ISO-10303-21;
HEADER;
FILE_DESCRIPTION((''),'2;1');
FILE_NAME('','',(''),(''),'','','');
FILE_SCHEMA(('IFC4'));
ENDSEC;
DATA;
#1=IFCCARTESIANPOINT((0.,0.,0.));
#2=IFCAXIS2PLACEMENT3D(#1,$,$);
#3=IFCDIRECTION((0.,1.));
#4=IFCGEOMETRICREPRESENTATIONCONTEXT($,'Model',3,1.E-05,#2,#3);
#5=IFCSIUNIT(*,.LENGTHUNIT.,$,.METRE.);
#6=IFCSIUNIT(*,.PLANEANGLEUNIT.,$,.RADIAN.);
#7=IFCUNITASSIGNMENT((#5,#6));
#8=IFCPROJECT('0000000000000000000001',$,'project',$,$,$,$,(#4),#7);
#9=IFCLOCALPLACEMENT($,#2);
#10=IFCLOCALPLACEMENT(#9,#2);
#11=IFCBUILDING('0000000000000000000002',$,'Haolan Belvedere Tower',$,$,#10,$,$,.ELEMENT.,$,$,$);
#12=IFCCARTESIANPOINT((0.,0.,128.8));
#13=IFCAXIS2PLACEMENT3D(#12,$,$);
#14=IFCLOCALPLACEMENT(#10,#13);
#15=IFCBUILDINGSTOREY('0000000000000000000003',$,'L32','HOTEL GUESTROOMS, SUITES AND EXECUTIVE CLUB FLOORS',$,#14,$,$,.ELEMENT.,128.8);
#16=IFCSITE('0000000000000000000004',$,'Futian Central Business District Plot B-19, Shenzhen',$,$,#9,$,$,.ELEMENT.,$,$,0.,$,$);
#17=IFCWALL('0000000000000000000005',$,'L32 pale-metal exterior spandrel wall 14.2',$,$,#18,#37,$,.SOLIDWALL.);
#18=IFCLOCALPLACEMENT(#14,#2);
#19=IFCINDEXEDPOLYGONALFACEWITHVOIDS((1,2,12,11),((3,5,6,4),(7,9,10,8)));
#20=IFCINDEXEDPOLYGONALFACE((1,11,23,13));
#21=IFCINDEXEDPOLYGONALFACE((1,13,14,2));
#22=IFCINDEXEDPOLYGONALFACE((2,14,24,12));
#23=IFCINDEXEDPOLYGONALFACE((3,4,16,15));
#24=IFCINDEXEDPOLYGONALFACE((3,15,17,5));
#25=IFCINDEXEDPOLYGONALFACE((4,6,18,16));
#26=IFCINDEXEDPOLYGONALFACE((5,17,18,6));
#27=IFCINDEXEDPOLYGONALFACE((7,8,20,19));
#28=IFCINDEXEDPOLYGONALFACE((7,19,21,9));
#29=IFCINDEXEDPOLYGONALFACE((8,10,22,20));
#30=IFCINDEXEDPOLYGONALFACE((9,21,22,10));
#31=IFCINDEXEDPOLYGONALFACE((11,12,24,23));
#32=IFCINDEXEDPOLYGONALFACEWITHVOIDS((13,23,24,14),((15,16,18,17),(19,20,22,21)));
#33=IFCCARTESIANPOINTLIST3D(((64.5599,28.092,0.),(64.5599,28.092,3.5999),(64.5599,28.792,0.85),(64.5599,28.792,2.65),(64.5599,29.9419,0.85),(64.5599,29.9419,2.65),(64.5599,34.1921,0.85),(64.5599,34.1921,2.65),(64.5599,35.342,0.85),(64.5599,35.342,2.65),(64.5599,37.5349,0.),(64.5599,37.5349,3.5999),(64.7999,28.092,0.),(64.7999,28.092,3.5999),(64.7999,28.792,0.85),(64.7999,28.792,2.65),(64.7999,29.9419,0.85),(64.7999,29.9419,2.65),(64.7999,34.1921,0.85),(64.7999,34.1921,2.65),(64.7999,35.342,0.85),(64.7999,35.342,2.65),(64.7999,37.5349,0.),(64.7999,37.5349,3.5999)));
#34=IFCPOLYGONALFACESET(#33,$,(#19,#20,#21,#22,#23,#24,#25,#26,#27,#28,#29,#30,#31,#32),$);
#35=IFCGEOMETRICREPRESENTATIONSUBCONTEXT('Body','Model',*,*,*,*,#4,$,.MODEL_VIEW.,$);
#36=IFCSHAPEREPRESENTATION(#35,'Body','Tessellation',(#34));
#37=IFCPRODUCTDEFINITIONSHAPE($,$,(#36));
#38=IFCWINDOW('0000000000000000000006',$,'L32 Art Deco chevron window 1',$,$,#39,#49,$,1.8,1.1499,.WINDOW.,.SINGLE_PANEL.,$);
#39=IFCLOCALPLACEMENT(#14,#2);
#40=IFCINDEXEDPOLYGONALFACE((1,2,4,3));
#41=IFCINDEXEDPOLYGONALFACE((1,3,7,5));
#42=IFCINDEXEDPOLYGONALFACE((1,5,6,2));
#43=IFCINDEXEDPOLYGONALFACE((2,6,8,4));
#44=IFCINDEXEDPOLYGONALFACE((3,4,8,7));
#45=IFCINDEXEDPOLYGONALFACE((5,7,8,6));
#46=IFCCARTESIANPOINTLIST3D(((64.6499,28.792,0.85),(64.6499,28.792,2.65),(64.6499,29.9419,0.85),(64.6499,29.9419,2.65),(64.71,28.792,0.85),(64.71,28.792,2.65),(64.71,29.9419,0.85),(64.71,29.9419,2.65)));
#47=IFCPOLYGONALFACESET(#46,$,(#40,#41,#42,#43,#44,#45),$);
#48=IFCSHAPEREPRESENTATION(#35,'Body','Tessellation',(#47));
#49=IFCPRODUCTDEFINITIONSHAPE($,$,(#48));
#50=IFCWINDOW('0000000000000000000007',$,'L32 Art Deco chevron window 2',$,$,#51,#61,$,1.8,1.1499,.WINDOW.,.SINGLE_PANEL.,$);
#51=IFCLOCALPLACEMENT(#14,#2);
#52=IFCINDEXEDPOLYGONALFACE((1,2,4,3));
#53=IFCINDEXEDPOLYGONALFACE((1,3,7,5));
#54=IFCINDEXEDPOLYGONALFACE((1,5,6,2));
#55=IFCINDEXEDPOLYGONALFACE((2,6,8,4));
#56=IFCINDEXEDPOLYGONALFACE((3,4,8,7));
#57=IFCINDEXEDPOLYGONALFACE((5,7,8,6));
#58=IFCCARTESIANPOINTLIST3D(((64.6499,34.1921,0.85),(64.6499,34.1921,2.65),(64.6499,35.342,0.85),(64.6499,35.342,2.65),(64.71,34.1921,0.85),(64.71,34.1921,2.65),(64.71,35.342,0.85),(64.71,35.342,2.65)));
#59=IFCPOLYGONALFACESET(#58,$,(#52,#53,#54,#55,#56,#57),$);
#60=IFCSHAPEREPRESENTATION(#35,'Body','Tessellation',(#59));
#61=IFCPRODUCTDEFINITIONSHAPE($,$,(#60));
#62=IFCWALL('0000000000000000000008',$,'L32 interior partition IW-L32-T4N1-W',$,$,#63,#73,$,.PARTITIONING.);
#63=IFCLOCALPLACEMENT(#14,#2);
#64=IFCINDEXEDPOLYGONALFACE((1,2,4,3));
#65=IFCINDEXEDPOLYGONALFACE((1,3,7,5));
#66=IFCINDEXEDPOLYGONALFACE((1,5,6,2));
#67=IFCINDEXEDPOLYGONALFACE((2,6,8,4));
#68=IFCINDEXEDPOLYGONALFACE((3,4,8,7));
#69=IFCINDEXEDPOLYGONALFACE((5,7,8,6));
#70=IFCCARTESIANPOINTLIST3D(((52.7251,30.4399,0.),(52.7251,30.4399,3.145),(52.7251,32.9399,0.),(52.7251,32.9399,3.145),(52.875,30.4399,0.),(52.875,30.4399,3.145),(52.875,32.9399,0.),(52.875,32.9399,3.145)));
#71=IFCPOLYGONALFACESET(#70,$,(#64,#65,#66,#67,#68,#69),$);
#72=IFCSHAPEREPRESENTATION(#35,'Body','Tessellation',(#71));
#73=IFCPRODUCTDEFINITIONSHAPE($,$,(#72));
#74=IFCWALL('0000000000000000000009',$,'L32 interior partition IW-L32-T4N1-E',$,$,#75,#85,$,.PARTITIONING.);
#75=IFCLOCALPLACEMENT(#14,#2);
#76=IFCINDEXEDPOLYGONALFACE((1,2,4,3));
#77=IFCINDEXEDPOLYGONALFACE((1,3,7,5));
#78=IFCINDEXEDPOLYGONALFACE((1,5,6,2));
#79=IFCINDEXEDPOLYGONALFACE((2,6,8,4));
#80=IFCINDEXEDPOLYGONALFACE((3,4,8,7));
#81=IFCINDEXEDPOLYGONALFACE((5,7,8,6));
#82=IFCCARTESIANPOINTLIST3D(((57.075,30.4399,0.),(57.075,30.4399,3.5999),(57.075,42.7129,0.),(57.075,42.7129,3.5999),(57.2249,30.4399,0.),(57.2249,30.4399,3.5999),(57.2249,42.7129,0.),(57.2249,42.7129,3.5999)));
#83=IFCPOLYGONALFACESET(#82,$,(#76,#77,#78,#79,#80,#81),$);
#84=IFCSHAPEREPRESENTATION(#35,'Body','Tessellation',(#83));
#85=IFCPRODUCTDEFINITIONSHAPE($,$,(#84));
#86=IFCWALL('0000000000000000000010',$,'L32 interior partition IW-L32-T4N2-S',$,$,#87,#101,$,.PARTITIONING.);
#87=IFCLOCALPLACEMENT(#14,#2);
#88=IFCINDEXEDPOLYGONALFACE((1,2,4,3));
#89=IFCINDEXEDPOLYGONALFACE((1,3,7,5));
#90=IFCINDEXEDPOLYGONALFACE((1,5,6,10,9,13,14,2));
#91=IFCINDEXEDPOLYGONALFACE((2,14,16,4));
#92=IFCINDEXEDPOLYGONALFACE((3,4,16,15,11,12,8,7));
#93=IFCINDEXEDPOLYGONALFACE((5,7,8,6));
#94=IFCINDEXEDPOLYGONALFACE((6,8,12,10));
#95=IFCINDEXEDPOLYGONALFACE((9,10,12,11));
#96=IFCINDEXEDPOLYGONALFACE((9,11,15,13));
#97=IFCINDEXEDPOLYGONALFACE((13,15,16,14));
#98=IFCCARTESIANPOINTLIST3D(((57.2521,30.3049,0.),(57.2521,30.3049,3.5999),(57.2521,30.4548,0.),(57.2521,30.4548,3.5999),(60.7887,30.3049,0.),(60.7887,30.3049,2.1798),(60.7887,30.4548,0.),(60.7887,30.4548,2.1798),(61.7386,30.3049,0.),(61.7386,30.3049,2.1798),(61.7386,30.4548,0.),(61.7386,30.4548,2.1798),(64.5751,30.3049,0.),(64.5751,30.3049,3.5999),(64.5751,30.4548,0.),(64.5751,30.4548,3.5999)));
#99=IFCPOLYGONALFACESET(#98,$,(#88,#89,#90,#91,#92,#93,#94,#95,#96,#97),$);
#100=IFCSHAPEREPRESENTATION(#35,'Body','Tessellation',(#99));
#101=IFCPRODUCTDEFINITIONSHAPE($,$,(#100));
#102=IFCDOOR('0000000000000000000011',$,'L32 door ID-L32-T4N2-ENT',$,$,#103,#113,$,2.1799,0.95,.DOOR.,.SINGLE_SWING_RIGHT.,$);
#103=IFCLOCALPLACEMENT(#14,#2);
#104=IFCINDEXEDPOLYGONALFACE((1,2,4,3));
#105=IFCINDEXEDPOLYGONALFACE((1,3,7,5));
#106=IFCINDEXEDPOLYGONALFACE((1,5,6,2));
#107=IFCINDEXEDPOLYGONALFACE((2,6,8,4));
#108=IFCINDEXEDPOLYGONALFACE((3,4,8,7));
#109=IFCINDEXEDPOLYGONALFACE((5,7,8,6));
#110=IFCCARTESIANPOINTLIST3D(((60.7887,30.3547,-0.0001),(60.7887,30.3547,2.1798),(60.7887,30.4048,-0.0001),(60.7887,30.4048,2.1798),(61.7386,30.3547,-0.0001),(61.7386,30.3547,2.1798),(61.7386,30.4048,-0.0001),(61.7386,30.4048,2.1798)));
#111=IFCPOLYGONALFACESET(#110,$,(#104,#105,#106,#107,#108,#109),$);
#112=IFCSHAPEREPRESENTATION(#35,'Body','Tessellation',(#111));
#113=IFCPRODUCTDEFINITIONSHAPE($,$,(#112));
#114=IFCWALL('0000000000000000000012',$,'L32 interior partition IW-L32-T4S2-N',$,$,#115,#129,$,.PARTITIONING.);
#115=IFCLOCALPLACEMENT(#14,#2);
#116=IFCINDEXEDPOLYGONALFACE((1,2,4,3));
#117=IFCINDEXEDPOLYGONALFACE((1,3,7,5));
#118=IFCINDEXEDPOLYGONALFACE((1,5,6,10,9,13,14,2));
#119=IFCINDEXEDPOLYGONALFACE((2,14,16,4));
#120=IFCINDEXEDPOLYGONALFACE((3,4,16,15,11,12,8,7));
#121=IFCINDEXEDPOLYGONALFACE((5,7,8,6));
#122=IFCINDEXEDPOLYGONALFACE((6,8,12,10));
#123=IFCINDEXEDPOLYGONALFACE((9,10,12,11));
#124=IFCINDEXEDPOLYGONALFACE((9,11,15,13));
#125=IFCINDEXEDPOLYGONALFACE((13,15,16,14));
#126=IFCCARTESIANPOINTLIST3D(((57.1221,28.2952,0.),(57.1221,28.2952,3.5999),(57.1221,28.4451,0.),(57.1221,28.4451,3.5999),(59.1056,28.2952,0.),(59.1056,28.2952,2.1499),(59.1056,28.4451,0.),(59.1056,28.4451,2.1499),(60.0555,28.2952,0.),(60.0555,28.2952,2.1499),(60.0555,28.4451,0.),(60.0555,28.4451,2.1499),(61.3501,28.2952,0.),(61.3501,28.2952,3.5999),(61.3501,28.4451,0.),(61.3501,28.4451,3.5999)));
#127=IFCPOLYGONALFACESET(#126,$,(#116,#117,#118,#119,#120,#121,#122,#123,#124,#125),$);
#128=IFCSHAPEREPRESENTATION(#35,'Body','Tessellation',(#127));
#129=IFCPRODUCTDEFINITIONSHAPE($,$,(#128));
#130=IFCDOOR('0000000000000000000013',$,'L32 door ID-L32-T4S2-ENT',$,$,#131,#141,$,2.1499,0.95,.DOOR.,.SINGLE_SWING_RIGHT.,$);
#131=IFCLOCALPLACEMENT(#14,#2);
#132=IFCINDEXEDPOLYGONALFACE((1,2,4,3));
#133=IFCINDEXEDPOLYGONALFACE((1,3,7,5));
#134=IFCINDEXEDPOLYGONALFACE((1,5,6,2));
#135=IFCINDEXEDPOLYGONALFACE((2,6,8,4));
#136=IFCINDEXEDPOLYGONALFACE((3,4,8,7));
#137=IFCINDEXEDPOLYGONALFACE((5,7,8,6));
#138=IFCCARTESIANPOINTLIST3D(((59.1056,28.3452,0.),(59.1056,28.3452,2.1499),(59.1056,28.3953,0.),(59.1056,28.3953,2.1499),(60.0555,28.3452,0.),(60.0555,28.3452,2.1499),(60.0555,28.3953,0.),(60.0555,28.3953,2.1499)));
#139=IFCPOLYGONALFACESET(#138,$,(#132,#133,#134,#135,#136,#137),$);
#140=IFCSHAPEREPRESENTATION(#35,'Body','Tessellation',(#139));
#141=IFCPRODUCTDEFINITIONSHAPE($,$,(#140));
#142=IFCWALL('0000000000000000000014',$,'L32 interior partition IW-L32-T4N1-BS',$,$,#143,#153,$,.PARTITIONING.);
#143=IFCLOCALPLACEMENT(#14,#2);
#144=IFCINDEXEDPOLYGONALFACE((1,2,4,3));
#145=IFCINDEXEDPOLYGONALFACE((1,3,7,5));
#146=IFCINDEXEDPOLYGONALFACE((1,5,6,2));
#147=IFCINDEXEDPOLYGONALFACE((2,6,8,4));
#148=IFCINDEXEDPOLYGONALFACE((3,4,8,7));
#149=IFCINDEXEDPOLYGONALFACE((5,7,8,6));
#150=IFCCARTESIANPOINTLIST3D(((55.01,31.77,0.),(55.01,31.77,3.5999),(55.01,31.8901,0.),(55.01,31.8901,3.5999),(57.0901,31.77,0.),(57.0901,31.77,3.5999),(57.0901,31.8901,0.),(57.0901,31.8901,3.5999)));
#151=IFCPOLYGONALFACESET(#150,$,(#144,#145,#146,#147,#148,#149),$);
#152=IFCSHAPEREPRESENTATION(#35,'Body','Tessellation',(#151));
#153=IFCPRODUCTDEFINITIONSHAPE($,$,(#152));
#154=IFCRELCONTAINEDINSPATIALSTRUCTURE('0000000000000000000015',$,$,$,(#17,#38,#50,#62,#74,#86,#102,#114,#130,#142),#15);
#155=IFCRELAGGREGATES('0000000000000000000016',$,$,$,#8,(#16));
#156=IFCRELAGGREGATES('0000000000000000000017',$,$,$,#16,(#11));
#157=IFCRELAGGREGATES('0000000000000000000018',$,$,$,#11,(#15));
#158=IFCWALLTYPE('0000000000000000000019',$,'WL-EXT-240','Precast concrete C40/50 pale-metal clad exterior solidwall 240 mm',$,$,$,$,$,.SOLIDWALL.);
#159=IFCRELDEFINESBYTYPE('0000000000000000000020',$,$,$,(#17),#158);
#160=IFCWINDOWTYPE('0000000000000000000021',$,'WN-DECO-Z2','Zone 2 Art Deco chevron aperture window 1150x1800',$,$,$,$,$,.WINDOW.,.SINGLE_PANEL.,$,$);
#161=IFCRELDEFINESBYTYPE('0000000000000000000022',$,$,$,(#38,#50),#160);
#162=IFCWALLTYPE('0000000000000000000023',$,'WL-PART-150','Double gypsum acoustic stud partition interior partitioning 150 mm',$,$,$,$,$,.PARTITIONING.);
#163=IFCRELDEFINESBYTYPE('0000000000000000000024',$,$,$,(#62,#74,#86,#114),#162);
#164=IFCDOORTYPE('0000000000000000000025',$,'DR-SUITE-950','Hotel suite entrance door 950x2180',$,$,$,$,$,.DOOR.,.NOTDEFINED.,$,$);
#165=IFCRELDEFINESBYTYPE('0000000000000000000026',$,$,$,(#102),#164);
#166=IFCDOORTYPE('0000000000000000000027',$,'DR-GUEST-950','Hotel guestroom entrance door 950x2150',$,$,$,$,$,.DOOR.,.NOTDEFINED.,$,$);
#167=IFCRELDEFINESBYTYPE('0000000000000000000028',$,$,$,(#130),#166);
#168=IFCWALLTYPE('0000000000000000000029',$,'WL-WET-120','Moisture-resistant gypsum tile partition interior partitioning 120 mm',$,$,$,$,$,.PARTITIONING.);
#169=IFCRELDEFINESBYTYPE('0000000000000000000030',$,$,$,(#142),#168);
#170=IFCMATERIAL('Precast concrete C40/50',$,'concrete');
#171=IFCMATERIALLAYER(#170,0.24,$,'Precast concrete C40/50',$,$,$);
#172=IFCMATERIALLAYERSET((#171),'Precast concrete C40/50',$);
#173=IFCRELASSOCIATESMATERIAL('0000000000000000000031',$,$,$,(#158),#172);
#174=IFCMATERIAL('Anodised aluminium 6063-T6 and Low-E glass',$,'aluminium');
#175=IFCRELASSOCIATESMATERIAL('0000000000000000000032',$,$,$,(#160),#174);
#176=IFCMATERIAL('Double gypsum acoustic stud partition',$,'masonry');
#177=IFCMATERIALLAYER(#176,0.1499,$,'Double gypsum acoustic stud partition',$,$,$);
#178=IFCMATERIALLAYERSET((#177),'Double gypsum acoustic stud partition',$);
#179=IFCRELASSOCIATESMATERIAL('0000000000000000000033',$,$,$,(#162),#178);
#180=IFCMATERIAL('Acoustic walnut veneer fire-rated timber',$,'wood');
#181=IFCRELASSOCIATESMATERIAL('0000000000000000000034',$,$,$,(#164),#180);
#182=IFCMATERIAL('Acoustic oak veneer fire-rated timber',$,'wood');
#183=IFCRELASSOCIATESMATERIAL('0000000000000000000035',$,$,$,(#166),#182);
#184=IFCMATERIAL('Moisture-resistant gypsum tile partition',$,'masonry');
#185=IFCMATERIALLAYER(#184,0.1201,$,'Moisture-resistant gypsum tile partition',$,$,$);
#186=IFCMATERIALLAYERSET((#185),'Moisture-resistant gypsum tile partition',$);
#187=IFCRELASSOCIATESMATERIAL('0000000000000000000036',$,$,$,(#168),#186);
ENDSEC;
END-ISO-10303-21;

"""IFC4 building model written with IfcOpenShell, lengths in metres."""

from ifc_helpers import new_model, si_unit, direction, frame, frame_2d, origin, place, context, subcontext, project, spatial, rectangle, extrude, material, layer, layer_set, type_object, element, fill, save


model = new_model("IFC4")

# Units and contexts
model_context = context("Model", 3, precision=1e-05, world=origin(), true_north=direction((0.0, 1.0)))
body_context = subcontext(model_context, "Body", "Model", "MODEL_VIEW")
ifc_project = project(units=[si_unit("LENGTHUNIT", "METRE"), si_unit("PLANEANGLEUNIT", "RADIAN")], contexts=[model_context])

# Site, building, storey
site_placement = place(None, origin())
site = spatial("IfcSite", under=ifc_project, at=site_placement, Name="Futian Central Business District Plot B-19, Shenzhen", CompositionType="ELEMENT", RefElevation=0.0)
building_placement = place(site_placement, origin())
building = spatial("IfcBuilding", under=site, at=building_placement, Name="Haolan Belvedere Tower", CompositionType="ELEMENT")
storey_placement = place(building_placement, frame((0.0, 0.0, 128.8)))
storey = spatial("IfcBuildingStorey", under=building, at=storey_placement, Name="L32", Description="HOTEL GUESTROOMS, SUITES AND EXECUTIVE CLUB FLOORS", CompositionType="ELEMENT", Elevation=128.8)

# Wall, openings, windows
ifc_material_1 = material(Name="Precast concrete C40/50", Category="concrete")
ifc_layer_1 = layer(ifc_material_1, 0.24, Name="Precast concrete C40/50")
ifc_layer_set_1 = layer_set([ifc_layer_1], Name="Precast concrete C40/50")
wall_type_1 = type_object("IfcWallType", Name="WL-EXT-240", Description="Precast concrete C40/50 pale-metal clad exterior solidwall 240 mm", PredefinedType="SOLIDWALL", material=ifc_layer_set_1)
wall_1_placement = place(storey_placement, frame((64.6799, 28.092, 0.0), z_axis=(0.0, 0.0, 1.0), x_axis=(0.0, 1.0, 0.0)))
wall_1 = element("IfcWall", 1, at=wall_1_placement, inside=storey, type_object=wall_type_1, Name="L32 pale-metal exterior spandrel wall 14.2", PredefinedType="SOLIDWALL", context=body_context, shape_type="SweptSolid", body=[
    extrude(rectangle(XDim=9.4429, YDim=0.24, at=frame_2d((4.7214, 0.0))), origin(), (0.0, 0.0, 1.0), 3.5999),
])
opening_1_placement = place(wall_1_placement, frame((0.7, 0.0, 0.8501)))
opening_1 = element("IfcOpeningElement", 2, at=opening_1_placement, cuts=wall_1, PredefinedType="OPENING", context=body_context, shape_type="SweptSolid", body=[
    extrude(rectangle(XDim=1.1499, YDim=1.8, at=frame_2d((0.575, 0.8999))), frame((0.0, 0.1299, 0.0), z_axis=(0.0, -1.0, 0.0), x_axis=(1.0, 0.0, 0.0)), (0.0, 0.0, 1.0), 0.26),
])
opening_2_placement = place(wall_1_placement, frame((6.1001, 0.0, 0.8501)))
opening_2 = element("IfcOpeningElement", 3, at=opening_2_placement, cuts=wall_1, PredefinedType="OPENING", context=body_context, shape_type="SweptSolid", body=[
    extrude(rectangle(XDim=1.1499, YDim=1.8, at=frame_2d((0.575, 0.8999))), frame((0.0, 0.1299, 0.0), z_axis=(0.0, -1.0, 0.0), x_axis=(1.0, 0.0, 0.0)), (0.0, 0.0, 1.0), 0.26),
])
ifc_material_2 = material(Name="Anodised aluminium 6063-T6 and Low-E glass", Category="aluminium")
window_type = type_object("IfcWindowType", Name="WN-DECO-Z2", Description="Zone 2 Art Deco chevron aperture window 1150x1800", PartitioningType="SINGLE_PANEL", PredefinedType="WINDOW", material=ifc_material_2)
window_1_placement = place(opening_1_placement, origin())
window_1 = element("IfcWindow", 4, at=window_1_placement, inside=storey, type_object=window_type, Name="L32 Art Deco chevron window 1", OverallHeight=1.8, OverallWidth=1.1499, PartitioningType="SINGLE_PANEL", PredefinedType="WINDOW", context=body_context, shape_type="SweptSolid", body=[
    extrude(rectangle(XDim=1.1499, YDim=1.8, at=frame_2d((0.575, 0.8999))), frame((0.0, 0.03, 0.0), z_axis=(0.0, -1.0, 0.0), x_axis=(1.0, 0.0, 0.0)), (0.0, 0.0, 1.0), 0.0601),
])
fill(opening_1, window_1)
window_2_placement = place(opening_2_placement, origin())
window_2 = element("IfcWindow", 5, at=window_2_placement, inside=storey, type_object=window_type, Name="L32 Art Deco chevron window 2", OverallHeight=1.8, OverallWidth=1.1499, PartitioningType="SINGLE_PANEL", PredefinedType="WINDOW", context=body_context, shape_type="SweptSolid", body=[
    extrude(rectangle(XDim=1.1499, YDim=1.8, at=frame_2d((0.575, 0.8999))), frame((0.0, 0.03, 0.0), z_axis=(0.0, -1.0, 0.0), x_axis=(1.0, 0.0, 0.0)), (0.0, 0.0, 1.0), 0.0601),
])
fill(opening_2, window_2)

# Walls
ifc_material_3 = material(Name="Double gypsum acoustic stud partition", Category="masonry")
ifc_layer_2 = layer(ifc_material_3, 0.1499, Name="Double gypsum acoustic stud partition")
ifc_layer_set_2 = layer_set([ifc_layer_2], Name="Double gypsum acoustic stud partition")
wall_type_2 = type_object("IfcWallType", Name="WL-PART-150", Description="Double gypsum acoustic stud partition interior partitioning 150 mm", PredefinedType="PARTITIONING", material=ifc_layer_set_2)
wall_2_placement = place(storey_placement, frame((52.8, 30.4399, 0.0), z_axis=(0.0, 0.0, 1.0), x_axis=(0.0, 1.0, 0.0)))
element("IfcWall", 6, at=wall_2_placement, inside=storey, type_object=wall_type_2, Name="L32 interior partition IW-L32-T4N1-W", PredefinedType="PARTITIONING", context=body_context, shape_type="SweptSolid", body=[
    extrude(rectangle(XDim=2.5, YDim=0.1499, at=frame_2d((1.25, 0.0))), origin(), (0.0, 0.0, 1.0), 3.145),
])
wall_3_placement = place(storey_placement, frame((57.1499, 30.4399, 0.0), z_axis=(0.0, 0.0, 1.0), x_axis=(0.0, 1.0, 0.0)))
element("IfcWall", 7, at=wall_3_placement, inside=storey, type_object=wall_type_2, Name="L32 interior partition IW-L32-T4N1-E", PredefinedType="PARTITIONING", context=body_context, shape_type="SweptSolid", body=[
    extrude(rectangle(XDim=12.2729, YDim=0.1499, at=frame_2d((6.1365, 0.0))), origin(), (0.0, 0.0, 1.0), 3.5999),
])

# Walls, openings, doors
wall_4_placement = place(storey_placement, frame((57.252, 30.3799, 0.0), z_axis=(0.0, 0.0, 1.0), x_axis=(1.0, 0.0, 0.0)))
wall_4 = element("IfcWall", 8, at=wall_4_placement, inside=storey, type_object=wall_type_2, Name="L32 interior partition IW-L32-T4N2-S", PredefinedType="PARTITIONING", context=body_context, shape_type="SweptSolid", body=[
    extrude(rectangle(XDim=7.323, YDim=0.1499, at=frame_2d((3.6616, 0.0))), origin(), (0.0, 0.0, 1.0), 3.5999),
])
opening_3_placement = place(wall_4_placement, frame((3.5366, 0.0, 0.0)))
opening_3 = element("IfcOpeningElement", 9, at=opening_3_placement, cuts=wall_4, PredefinedType="OPENING", context=body_context, shape_type="SweptSolid", body=[
    extrude(rectangle(XDim=0.95, YDim=2.1799, at=frame_2d((0.4751, 1.0898))), frame((0.0, 0.085, 0.0), z_axis=(0.0, -1.0, 0.0), x_axis=(1.0, 0.0, 0.0)), (0.0, 0.0, 1.0), 0.1699),
])
ifc_material_4 = material(Name="Acoustic walnut veneer fire-rated timber", Category="wood")
door_type_1 = type_object("IfcDoorType", Name="DR-SUITE-950", Description="Hotel suite entrance door 950x2180", OperationType="NOTDEFINED", PredefinedType="DOOR", material=ifc_material_4)
door_1_placement = place(opening_3_placement, origin())
door_1 = element("IfcDoor", 10, at=door_1_placement, inside=storey, type_object=door_type_1, Name="L32 door ID-L32-T4N2-ENT", OperationType="SINGLE_SWING_RIGHT", OverallHeight=2.1799, OverallWidth=0.95, PredefinedType="DOOR", context=body_context, shape_type="SweptSolid", body=[
    extrude(rectangle(XDim=0.95, YDim=2.1799, at=frame_2d((0.4751, 1.0898))), frame((0.0, 0.0249, 0.0), z_axis=(0.0, -1.0, 0.0), x_axis=(1.0, 0.0, 0.0)), (0.0, 0.0, 1.0), 0.05),
])
fill(opening_3, door_1)
wall_5_placement = place(storey_placement, frame((57.1221, 28.3701, 0.0), z_axis=(0.0, 0.0, 1.0), x_axis=(1.0, 0.0, 0.0)))
wall_5 = element("IfcWall", 11, at=wall_5_placement, inside=storey, type_object=wall_type_2, Name="L32 interior partition IW-L32-T4S2-N", PredefinedType="PARTITIONING", context=body_context, shape_type="SweptSolid", body=[
    extrude(rectangle(XDim=4.228, YDim=0.1499, at=frame_2d((2.114, 0.0))), origin(), (0.0, 0.0, 1.0), 3.5999),
])
opening_4_placement = place(wall_5_placement, frame((2.9336, 0.0, 0.0), z_axis=(0.0, 0.0, 1.0), x_axis=(-1.0, 0.0, 0.0)))
opening_4 = element("IfcOpeningElement", 12, at=opening_4_placement, cuts=wall_5, PredefinedType="OPENING", context=body_context, shape_type="SweptSolid", body=[
    extrude(rectangle(XDim=0.95, YDim=2.1499, at=frame_2d((0.4751, 1.075))), frame((0.0, 0.085, 0.0), z_axis=(0.0, -1.0, 0.0), x_axis=(1.0, 0.0, 0.0)), (0.0, 0.0, 1.0), 0.1699),
])
ifc_material_5 = material(Name="Acoustic oak veneer fire-rated timber", Category="wood")
door_type_2 = type_object("IfcDoorType", Name="DR-GUEST-950", Description="Hotel guestroom entrance door 950x2150", OperationType="NOTDEFINED", PredefinedType="DOOR", material=ifc_material_5)
door_2_placement = place(opening_4_placement, origin())
door_2 = element("IfcDoor", 13, at=door_2_placement, inside=storey, type_object=door_type_2, Name="L32 door ID-L32-T4S2-ENT", OperationType="SINGLE_SWING_RIGHT", OverallHeight=2.1499, OverallWidth=0.95, PredefinedType="DOOR", context=body_context, shape_type="SweptSolid", body=[
    extrude(rectangle(XDim=0.95, YDim=2.1499, at=frame_2d((0.4751, 1.075))), frame((0.0, 0.0249, 0.0), z_axis=(0.0, -1.0, 0.0), x_axis=(1.0, 0.0, 0.0)), (0.0, 0.0, 1.0), 0.05),
])
fill(opening_4, door_2)

# Wall
ifc_material_6 = material(Name="Moisture-resistant gypsum tile partition", Category="masonry")
ifc_layer_3 = layer(ifc_material_6, 0.1201, Name="Moisture-resistant gypsum tile partition")
ifc_layer_set_3 = layer_set([ifc_layer_3], Name="Moisture-resistant gypsum tile partition")
wall_type_3 = type_object("IfcWallType", Name="WL-WET-120", Description="Moisture-resistant gypsum tile partition interior partitioning 120 mm", PredefinedType="PARTITIONING", material=ifc_layer_set_3)
wall_6_placement = place(storey_placement, frame((55.01, 31.8301, 0.0), z_axis=(0.0, 0.0, 1.0), x_axis=(1.0, 0.0, 0.0)))
element("IfcWall", 14, at=wall_6_placement, inside=storey, type_object=wall_type_3, Name="L32 interior partition IW-L32-T4N1-BS", PredefinedType="PARTITIONING", context=body_context, shape_type="SweptSolid", body=[
    extrude(rectangle(XDim=2.0801, YDim=0.1201, at=frame_2d((1.04, 0.0))), origin(), (0.0, 0.0, 1.0), 3.5999),
])

save(model, "model.ifc")
